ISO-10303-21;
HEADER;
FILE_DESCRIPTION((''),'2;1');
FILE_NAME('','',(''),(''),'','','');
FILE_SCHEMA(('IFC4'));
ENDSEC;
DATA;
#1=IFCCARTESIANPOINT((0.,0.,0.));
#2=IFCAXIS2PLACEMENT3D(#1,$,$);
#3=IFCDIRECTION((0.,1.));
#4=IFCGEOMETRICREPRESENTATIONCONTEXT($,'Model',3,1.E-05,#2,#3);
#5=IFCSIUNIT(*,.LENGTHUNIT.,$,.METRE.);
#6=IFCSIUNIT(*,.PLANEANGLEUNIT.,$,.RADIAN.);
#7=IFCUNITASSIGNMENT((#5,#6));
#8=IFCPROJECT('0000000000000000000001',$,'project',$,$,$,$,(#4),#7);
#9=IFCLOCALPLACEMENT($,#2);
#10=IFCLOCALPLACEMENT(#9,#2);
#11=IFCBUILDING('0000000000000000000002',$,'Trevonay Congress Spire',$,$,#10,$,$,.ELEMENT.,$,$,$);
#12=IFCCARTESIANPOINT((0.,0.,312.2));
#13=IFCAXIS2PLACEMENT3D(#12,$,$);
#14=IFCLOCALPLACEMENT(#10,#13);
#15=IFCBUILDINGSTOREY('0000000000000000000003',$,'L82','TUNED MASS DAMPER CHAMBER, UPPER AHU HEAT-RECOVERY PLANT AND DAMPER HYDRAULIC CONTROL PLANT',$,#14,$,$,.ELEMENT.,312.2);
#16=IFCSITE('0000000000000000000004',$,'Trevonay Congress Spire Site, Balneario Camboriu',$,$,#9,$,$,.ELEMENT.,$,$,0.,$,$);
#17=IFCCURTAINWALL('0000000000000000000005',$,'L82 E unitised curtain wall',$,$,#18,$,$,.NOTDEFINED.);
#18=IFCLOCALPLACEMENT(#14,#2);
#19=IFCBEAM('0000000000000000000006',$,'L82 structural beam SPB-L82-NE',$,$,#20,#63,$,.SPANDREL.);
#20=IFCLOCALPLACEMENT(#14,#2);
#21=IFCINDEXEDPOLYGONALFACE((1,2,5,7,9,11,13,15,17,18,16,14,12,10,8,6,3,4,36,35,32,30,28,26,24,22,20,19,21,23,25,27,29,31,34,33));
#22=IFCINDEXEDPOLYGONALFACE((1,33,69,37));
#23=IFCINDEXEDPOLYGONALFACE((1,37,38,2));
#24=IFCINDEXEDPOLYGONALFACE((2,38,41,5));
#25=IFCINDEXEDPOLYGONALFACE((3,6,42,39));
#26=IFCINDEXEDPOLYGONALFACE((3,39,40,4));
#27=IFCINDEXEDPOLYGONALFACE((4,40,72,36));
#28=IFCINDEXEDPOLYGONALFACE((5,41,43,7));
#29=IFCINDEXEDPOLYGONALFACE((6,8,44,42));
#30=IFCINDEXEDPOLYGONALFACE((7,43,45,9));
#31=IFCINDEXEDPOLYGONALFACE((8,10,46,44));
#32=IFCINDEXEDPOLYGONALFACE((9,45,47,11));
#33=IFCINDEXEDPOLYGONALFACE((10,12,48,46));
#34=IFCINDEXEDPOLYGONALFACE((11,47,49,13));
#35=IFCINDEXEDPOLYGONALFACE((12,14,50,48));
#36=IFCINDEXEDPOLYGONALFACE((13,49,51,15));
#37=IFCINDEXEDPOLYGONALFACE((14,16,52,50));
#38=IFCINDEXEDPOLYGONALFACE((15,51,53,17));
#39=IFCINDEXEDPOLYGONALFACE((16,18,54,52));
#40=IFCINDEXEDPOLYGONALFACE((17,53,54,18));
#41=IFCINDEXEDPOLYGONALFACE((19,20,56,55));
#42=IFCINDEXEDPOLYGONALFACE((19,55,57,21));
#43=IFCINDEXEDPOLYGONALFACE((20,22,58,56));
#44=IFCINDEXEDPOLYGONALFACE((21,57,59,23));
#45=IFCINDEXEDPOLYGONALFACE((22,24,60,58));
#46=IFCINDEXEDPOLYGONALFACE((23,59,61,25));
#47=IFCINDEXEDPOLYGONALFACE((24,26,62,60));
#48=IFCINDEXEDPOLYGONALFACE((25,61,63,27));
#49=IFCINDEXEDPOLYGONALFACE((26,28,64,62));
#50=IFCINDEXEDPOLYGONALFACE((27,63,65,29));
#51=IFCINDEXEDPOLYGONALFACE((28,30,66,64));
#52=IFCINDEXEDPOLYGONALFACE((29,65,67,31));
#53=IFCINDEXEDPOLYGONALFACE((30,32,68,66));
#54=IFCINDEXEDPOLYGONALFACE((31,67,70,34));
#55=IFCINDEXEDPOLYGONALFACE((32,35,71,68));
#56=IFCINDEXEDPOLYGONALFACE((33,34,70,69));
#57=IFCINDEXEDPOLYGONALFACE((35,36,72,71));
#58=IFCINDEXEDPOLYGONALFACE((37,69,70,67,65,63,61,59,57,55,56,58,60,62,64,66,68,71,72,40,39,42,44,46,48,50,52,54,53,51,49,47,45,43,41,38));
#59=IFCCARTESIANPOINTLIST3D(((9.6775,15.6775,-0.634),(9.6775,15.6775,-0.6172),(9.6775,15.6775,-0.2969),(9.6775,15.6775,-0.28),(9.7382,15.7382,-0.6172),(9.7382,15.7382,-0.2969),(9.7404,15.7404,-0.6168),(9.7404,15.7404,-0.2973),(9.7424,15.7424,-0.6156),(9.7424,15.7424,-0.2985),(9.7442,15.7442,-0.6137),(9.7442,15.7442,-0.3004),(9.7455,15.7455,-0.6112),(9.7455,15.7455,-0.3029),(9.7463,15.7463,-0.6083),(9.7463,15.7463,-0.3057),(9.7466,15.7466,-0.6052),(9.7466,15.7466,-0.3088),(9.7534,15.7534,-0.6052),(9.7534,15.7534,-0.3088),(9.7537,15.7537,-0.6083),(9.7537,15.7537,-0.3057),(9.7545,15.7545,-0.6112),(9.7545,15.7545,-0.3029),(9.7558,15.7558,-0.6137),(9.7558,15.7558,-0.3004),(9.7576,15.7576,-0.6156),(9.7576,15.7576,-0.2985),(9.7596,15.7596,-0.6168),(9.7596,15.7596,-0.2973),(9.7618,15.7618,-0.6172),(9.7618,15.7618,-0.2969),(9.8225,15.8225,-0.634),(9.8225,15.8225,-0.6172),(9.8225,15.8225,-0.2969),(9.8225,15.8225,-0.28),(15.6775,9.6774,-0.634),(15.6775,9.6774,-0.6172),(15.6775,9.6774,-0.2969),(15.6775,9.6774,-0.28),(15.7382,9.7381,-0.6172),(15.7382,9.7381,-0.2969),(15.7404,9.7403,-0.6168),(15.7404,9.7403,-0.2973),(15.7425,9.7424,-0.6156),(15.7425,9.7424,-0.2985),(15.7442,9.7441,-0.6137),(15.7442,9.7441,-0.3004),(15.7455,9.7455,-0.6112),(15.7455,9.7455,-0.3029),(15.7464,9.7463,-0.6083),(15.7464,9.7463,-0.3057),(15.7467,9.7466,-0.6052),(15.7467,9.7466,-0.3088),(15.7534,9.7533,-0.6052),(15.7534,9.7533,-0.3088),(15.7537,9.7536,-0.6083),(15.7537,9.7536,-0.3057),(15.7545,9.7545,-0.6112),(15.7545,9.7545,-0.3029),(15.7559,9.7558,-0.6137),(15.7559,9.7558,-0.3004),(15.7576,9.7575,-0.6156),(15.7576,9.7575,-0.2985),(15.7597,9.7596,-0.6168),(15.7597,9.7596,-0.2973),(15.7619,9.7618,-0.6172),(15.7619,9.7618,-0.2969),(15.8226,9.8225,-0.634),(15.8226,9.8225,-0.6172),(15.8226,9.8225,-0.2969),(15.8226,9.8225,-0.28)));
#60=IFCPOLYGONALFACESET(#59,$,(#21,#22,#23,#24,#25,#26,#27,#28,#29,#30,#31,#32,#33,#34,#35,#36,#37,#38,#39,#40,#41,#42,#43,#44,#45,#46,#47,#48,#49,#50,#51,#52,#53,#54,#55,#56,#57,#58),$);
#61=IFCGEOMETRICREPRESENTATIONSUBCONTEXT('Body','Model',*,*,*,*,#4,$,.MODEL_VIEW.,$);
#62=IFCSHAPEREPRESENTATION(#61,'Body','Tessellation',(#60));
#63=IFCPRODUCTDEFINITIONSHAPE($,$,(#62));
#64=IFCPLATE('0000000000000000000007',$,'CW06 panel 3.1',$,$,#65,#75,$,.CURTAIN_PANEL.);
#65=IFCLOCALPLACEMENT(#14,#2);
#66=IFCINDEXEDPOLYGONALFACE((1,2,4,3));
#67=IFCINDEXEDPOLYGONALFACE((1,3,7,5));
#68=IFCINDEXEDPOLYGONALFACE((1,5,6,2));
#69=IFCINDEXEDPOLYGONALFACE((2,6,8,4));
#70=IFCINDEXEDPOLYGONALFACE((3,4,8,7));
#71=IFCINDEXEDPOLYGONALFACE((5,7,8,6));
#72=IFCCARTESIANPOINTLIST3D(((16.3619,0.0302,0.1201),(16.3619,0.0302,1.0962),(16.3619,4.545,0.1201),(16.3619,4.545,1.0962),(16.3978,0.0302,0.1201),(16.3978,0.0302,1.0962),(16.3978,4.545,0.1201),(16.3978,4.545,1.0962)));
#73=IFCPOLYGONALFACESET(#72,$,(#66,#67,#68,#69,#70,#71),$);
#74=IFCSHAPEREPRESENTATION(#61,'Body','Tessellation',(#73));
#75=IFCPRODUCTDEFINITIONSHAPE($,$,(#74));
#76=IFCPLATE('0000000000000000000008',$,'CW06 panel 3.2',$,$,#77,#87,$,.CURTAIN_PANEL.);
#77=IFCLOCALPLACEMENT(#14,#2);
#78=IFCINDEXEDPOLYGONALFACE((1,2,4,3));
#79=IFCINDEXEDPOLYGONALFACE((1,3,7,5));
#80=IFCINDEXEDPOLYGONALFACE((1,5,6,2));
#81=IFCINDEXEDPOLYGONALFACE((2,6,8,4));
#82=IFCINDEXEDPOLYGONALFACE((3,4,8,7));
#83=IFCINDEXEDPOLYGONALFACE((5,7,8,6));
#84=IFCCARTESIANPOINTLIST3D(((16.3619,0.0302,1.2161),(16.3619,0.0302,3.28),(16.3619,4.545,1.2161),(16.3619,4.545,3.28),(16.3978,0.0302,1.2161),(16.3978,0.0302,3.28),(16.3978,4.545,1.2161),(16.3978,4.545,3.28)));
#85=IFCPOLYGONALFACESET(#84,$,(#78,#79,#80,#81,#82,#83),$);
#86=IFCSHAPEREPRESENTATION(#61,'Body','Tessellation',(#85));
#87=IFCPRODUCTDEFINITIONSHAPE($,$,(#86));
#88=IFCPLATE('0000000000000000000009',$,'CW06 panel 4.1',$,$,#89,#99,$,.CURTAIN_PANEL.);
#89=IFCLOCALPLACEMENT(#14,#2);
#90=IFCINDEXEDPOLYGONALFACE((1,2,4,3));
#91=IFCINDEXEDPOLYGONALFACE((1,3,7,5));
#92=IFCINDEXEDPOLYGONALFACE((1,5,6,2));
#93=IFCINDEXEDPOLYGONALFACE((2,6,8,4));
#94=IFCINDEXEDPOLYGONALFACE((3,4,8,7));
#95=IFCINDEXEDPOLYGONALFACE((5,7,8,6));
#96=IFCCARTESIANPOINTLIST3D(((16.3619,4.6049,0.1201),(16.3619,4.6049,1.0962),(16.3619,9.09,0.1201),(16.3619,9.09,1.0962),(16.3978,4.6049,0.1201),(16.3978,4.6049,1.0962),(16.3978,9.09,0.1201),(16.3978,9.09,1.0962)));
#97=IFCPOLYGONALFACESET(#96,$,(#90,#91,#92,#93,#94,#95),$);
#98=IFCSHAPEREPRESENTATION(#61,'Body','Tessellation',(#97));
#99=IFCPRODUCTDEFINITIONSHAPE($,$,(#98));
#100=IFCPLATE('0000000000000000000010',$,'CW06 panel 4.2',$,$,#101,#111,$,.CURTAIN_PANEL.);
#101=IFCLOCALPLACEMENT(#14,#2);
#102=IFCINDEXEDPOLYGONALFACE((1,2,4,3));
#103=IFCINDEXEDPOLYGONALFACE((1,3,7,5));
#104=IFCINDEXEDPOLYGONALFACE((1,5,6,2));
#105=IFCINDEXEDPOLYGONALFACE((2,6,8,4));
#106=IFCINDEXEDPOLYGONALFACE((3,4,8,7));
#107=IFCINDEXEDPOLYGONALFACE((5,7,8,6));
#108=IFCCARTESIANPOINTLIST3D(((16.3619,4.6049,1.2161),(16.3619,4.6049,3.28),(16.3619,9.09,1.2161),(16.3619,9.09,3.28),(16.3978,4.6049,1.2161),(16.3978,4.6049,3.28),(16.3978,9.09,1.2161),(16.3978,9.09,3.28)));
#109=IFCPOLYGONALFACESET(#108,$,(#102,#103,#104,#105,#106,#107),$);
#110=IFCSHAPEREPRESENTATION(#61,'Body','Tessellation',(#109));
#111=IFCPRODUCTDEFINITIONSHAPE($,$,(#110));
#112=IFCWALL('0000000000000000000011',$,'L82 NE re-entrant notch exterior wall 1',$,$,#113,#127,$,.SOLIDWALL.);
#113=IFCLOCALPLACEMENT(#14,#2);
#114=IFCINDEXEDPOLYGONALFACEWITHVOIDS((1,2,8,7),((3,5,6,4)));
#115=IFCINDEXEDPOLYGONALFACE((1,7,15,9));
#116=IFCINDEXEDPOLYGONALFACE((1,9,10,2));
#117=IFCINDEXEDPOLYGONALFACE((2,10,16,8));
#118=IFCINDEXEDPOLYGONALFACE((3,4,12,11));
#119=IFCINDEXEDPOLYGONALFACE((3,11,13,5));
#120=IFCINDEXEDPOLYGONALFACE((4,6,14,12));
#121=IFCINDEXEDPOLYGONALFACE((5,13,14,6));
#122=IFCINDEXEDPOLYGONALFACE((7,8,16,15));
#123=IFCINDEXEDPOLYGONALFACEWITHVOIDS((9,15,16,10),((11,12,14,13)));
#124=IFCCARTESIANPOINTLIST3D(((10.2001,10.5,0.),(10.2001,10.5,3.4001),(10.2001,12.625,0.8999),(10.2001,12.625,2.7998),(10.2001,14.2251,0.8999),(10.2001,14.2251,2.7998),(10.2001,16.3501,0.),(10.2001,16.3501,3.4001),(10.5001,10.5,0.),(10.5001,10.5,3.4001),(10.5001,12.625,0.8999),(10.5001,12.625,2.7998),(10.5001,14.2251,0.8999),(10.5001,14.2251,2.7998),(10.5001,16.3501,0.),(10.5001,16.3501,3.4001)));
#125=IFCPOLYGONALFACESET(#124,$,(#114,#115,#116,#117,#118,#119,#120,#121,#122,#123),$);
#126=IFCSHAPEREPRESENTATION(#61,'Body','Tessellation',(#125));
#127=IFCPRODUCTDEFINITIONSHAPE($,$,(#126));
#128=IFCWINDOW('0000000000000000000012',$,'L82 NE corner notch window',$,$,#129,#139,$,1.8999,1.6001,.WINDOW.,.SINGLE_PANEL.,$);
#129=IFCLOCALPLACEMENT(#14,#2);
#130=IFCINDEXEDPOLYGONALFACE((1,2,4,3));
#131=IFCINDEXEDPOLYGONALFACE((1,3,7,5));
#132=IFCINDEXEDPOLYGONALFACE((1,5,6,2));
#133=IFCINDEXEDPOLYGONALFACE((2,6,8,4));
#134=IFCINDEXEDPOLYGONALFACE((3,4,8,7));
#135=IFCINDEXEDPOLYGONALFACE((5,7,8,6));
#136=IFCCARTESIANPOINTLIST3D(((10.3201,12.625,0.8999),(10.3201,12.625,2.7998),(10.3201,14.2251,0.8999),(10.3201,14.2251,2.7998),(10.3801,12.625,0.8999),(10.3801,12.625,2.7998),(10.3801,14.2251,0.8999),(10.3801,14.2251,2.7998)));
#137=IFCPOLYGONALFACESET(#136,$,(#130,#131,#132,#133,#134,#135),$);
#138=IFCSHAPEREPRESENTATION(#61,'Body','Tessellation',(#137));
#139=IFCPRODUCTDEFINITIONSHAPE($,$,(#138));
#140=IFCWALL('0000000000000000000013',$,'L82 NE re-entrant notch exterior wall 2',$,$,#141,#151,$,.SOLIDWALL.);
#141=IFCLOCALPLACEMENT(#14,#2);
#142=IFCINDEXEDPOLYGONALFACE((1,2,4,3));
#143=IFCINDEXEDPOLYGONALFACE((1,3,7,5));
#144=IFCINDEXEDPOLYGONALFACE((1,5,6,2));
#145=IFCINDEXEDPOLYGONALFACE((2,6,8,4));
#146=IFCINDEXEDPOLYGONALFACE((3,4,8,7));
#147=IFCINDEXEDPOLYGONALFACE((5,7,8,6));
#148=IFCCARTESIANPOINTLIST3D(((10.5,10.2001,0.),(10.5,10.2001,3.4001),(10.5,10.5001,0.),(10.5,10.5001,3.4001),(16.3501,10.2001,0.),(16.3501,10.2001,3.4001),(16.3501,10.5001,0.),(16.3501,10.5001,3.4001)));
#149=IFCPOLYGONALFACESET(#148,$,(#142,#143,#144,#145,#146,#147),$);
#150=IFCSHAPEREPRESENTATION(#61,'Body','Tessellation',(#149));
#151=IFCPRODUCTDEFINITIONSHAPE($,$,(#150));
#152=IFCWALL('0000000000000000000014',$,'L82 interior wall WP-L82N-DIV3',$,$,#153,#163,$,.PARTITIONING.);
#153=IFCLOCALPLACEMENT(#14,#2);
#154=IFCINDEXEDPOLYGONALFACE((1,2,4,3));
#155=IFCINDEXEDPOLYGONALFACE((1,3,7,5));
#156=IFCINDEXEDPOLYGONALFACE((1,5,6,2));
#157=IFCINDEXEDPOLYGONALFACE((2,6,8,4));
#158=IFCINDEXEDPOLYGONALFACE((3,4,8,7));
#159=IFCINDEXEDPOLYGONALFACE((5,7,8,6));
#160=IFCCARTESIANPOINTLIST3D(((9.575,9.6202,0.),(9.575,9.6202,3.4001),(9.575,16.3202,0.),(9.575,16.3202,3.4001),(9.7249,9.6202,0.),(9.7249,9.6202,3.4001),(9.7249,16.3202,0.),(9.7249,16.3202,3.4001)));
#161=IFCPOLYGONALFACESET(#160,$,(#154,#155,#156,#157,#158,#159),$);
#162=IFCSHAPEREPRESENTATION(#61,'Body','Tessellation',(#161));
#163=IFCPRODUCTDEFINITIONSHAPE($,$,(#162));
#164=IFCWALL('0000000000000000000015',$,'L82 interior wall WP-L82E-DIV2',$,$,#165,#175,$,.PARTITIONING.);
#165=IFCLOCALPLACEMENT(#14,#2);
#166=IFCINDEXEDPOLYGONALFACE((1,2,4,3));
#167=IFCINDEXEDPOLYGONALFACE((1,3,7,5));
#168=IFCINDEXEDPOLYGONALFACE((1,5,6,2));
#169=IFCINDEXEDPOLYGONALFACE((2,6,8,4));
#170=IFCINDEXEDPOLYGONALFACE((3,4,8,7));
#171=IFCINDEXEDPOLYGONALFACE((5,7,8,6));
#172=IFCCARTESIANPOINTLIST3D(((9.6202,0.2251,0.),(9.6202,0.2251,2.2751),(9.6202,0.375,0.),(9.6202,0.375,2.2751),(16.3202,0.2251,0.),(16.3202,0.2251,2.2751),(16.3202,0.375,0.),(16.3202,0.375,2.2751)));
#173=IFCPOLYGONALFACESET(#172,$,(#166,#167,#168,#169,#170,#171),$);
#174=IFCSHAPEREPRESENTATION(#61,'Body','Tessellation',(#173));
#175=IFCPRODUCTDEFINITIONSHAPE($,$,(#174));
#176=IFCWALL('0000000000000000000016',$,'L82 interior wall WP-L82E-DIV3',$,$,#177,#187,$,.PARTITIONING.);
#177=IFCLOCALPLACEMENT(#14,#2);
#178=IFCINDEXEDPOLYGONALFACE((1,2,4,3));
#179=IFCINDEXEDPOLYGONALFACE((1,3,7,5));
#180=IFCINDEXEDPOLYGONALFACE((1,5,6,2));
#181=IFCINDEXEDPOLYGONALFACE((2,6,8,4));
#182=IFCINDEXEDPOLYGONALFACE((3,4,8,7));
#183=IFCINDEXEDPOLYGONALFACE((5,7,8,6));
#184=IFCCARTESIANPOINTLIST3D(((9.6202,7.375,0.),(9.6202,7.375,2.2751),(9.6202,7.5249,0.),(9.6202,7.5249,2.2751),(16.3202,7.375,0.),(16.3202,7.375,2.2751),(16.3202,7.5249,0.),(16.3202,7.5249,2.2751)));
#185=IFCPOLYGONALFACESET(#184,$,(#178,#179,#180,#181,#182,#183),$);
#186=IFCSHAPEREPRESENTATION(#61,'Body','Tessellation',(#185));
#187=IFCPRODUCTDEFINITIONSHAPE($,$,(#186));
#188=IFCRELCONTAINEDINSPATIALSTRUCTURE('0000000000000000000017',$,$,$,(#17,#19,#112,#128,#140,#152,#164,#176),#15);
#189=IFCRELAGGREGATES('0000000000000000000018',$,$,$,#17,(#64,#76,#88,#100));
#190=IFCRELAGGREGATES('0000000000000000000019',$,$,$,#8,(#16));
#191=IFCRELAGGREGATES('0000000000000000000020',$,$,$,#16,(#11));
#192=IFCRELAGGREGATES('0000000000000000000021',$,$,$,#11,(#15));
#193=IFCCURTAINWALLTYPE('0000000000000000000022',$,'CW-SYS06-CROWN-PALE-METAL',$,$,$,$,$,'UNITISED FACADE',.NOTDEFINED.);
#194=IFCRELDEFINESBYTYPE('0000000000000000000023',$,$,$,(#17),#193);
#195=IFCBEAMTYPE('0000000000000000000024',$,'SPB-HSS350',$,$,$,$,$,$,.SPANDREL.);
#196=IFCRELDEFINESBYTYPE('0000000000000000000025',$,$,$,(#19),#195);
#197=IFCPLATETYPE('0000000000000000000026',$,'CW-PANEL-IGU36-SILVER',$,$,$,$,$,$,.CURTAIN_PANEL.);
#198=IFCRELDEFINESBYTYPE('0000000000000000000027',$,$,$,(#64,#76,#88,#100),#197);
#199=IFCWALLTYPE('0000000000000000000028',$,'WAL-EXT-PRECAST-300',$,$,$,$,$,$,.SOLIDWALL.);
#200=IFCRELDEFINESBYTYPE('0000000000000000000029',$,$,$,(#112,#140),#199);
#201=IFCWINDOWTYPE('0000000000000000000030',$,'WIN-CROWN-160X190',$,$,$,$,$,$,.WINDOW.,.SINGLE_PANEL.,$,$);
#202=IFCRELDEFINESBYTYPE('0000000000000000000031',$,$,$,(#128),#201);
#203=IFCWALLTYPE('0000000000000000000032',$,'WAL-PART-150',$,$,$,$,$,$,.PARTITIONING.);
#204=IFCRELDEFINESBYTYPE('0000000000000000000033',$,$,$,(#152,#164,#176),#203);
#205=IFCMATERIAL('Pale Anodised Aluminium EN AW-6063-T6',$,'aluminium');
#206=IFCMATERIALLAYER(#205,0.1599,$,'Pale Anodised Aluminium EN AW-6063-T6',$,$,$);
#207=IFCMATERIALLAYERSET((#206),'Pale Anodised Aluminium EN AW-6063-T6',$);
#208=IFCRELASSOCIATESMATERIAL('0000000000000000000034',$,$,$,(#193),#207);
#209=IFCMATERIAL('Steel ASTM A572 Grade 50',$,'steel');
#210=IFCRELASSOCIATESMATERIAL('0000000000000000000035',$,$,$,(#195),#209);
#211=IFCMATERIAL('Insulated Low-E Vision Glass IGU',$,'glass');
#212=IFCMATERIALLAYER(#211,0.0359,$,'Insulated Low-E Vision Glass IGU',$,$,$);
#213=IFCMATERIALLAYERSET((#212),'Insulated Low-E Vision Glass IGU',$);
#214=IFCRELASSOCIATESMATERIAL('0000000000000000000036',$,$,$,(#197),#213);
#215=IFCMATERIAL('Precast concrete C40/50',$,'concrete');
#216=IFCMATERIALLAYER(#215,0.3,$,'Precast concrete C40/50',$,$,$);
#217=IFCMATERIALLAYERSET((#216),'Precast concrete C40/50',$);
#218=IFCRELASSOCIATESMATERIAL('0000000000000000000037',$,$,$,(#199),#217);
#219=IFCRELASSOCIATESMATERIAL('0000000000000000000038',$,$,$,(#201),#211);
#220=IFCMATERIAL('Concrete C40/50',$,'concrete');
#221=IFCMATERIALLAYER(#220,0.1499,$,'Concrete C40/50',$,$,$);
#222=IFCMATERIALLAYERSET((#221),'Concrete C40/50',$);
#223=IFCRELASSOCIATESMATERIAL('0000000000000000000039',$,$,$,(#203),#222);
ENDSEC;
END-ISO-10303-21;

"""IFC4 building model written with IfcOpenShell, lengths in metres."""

from ifc_helpers import new_model, si_unit, direction, frame, frame_2d, origin, origin_2d, place, context, subcontext, project, spatial, rectangle, i_section, extrude, material, layer, layer_set, material_profile, profile_set, type_object, element, fill, aggregate, save


model = new_model("IFC4")

# Units and contexts
model_context = context("Model", 3, precision=1e-05, world=origin(), true_north=direction((0.0, 1.0)))
body_context = subcontext(model_context, "Body", "Model", "MODEL_VIEW")
ifc_project = project(units=[si_unit("LENGTHUNIT", "METRE"), si_unit("PLANEANGLEUNIT", "RADIAN")], contexts=[model_context])

# Site, building, storey
site_placement = place(None, origin())
site = spatial("IfcSite", under=ifc_project, at=site_placement, Name="Trevonay Congress Spire Site, Balneario Camboriu", CompositionType="ELEMENT", RefElevation=0.0)
building_placement = place(site_placement, origin())
building = spatial("IfcBuilding", under=site, at=building_placement, Name="Trevonay Congress Spire", CompositionType="ELEMENT")
storey_placement = place(building_placement, frame((0.0, 0.0, 312.2)))
storey = spatial("IfcBuildingStorey", under=building, at=storey_placement, Name="L82", Description="TUNED MASS DAMPER CHAMBER, UPPER AHU HEAT-RECOVERY PLANT AND DAMPER HYDRAULIC CONTROL PLANT", CompositionType="ELEMENT", Elevation=312.2)

# Shared definitions
ifc_material_1 = material(Name="Steel ASTM A572 Grade 50", Category="steel")

# Shared definitions
ifc_material_2 = material(Name="Pale Anodised Aluminium EN AW-6063-T6", Category="aluminium")
ifc_layer_1 = layer(ifc_material_2, 0.1599, Name="Pale Anodised Aluminium EN AW-6063-T6")
ifc_layer_set_1 = layer_set([ifc_layer_1], Name="Pale Anodised Aluminium EN AW-6063-T6")
curtain_wall_type = type_object("IfcCurtainWallType", Name="CW-SYS06-CROWN-PALE-METAL", ElementType="UNITISED FACADE", PredefinedType="NOTDEFINED", material=ifc_layer_set_1)

# Curtain wall
curtain_wall_1_placement = place(storey_placement, origin())
curtain_wall_1 = element("IfcCurtainWall", 1, at=curtain_wall_1_placement, inside=storey, type_object=curtain_wall_type, Name="L82 E unitised curtain wall", PredefinedType="NOTDEFINED")

# Beam
ifc_material_profile_1 = material_profile(ifc_material_1, i_section(OverallWidth=0.2051, OverallDepth=0.354, WebThickness=0.0095, FlangeThickness=0.0168, FilletRadius=0.012, at=origin_2d()), Name="W360x79")
ifc_profile_set_1 = profile_set([ifc_material_profile_1], Name="Steel ASTM A572 Grade 50")
beam_type_1 = type_object("IfcBeamType", Name="SPB-HSS350", PredefinedType="SPANDREL", material=ifc_profile_set_1)
beam_1_placement = place(storey_placement, frame((9.75, 15.75, -0.457), z_axis=(0.707107, -0.707107, 0.0), x_axis=(0.707107, 0.707107, 0.0)))
element("IfcBeam", 2, at=beam_1_placement, inside=storey, type_object=beam_type_1, Name="L82 structural beam SPB-L82-NE", PredefinedType="SPANDREL", context=body_context, shape_type="SweptSolid", body=[
    extrude(i_section(OverallWidth=0.2051, OverallDepth=0.354, WebThickness=0.0095, FlangeThickness=0.0168, FilletRadius=0.012, at=origin_2d()), origin(), (0.0, 0.0, 1.0), 8.4854),
])

# Plates
ifc_material_3 = material(Name="Insulated Low-E Vision Glass IGU", Category="glass")
ifc_layer_2 = layer(ifc_material_3, 0.0359, Name="Insulated Low-E Vision Glass IGU")
ifc_layer_set_2 = layer_set([ifc_layer_2], Name="Insulated Low-E Vision Glass IGU")
plate_type = type_object("IfcPlateType", Name="CW-PANEL-IGU36-SILVER", PredefinedType="CURTAIN_PANEL", material=ifc_layer_set_2)
plate_1_placement = place(storey_placement, frame((16.3799, 2.2876, 0.1201), z_axis=(0.0, 0.0, 1.0), x_axis=(0.0, 1.0, 0.0)))
plate_1 = element("IfcPlate", 3, at=plate_1_placement, type_object=plate_type, Name="CW06 panel 3.1", PredefinedType="CURTAIN_PANEL", context=body_context, shape_type="SweptSolid", body=[
    extrude(rectangle(XDim=4.5149, YDim=0.0359, at=origin_2d()), origin(), (0.0, 0.0, 1.0), 0.9761),
])
plate_2_placement = place(storey_placement, frame((16.3799, 2.2876, 1.2161), z_axis=(0.0, 0.0, 1.0), x_axis=(0.0, 1.0, 0.0)))
plate_2 = element("IfcPlate", 4, at=plate_2_placement, type_object=plate_type, Name="CW06 panel 3.2", PredefinedType="CURTAIN_PANEL", context=body_context, shape_type="SweptSolid", body=[
    extrude(rectangle(XDim=4.5149, YDim=0.0359, at=origin_2d()), origin(), (0.0, 0.0, 1.0), 2.064),
])
plate_3_placement = place(storey_placement, frame((16.3799, 6.8474, 0.1201), z_axis=(0.0, 0.0, 1.0), x_axis=(0.0, 1.0, 0.0)))
plate_3 = element("IfcPlate", 5, at=plate_3_placement, type_object=plate_type, Name="CW06 panel 4.1", PredefinedType="CURTAIN_PANEL", context=body_context, shape_type="SweptSolid", body=[
    extrude(rectangle(XDim=4.4851, YDim=0.0359, at=origin_2d()), origin(), (0.0, 0.0, 1.0), 0.9761),
])
plate_4_placement = place(storey_placement, frame((16.3799, 6.8474, 1.2161), z_axis=(0.0, 0.0, 1.0), x_axis=(0.0, 1.0, 0.0)))
plate_4 = element("IfcPlate", 6, at=plate_4_placement, type_object=plate_type, Name="CW06 panel 4.2", PredefinedType="CURTAIN_PANEL", context=body_context, shape_type="SweptSolid", body=[
    extrude(rectangle(XDim=4.4851, YDim=0.0359, at=origin_2d()), origin(), (0.0, 0.0, 1.0), 2.064),
])
aggregate(curtain_wall_1, [plate_1, plate_2, plate_3, plate_4])

# Wall, opening, window
ifc_material_4 = material(Name="Precast concrete C40/50", Category="concrete")
ifc_layer_3 = layer(ifc_material_4, 0.3, Name="Precast concrete C40/50")
ifc_layer_set_3 = layer_set([ifc_layer_3], Name="Precast concrete C40/50")
wall_type_1 = type_object("IfcWallType", Name="WAL-EXT-PRECAST-300", PredefinedType="SOLIDWALL", material=ifc_layer_set_3)
wall_1_placement = place(storey_placement, frame((10.3501, 16.3501, 0.0), z_axis=(0.0, 0.0, 1.0), x_axis=(0.0, -1.0, 0.0)))
wall_1 = element("IfcWall", 7, at=wall_1_placement, inside=storey, type_object=wall_type_1, Name="L82 NE re-entrant notch exterior wall 1", PredefinedType="SOLIDWALL", context=body_context, shape_type="SweptSolid", body=[
    extrude(rectangle(XDim=5.8501, YDim=0.3, at=frame_2d((2.925, 0.0))), origin(), (0.0, 0.0, 1.0), 3.4001),
])
opening_placement = place(wall_1_placement, frame((2.125, 0.0, 0.8999)))
opening = element("IfcOpeningElement", 8, at=opening_placement, cuts=wall_1, PredefinedType="OPENING", context=body_context, shape_type="SweptSolid", body=[
    extrude(rectangle(XDim=1.6001, YDim=1.8999, at=frame_2d((0.8, 0.95))), frame((0.0, 0.1602, 0.0), z_axis=(0.0, -1.0, 0.0), x_axis=(1.0, 0.0, 0.0)), (0.0, 0.0, 1.0), 0.3201),
])
window_type = type_object("IfcWindowType", Name="WIN-CROWN-160X190", PartitioningType="SINGLE_PANEL", PredefinedType="WINDOW", material=ifc_material_3)
window_placement = place(opening_placement, origin())
window = element("IfcWindow", 9, at=window_placement, inside=storey, type_object=window_type, Name="L82 NE corner notch window", OverallHeight=1.8999, OverallWidth=1.6001, PartitioningType="SINGLE_PANEL", PredefinedType="WINDOW", context=body_context, shape_type="SweptSolid", body=[
    extrude(rectangle(XDim=1.6001, YDim=1.8999, at=frame_2d((0.8, 0.95))), frame((0.0, 0.03, 0.0), z_axis=(0.0, -1.0, 0.0), x_axis=(1.0, 0.0, 0.0)), (0.0, 0.0, 1.0), 0.0601),
])
fill(opening, window)

# Walls
wall_2_placement = place(storey_placement, frame((16.3501, 10.3501, 0.0), z_axis=(0.0, 0.0, 1.0), x_axis=(-1.0, 0.0, 0.0)))
element("IfcWall", 10, at=wall_2_placement, inside=storey, type_object=wall_type_1, Name="L82 NE re-entrant notch exterior wall 2", PredefinedType="SOLIDWALL", context=body_context, shape_type="SweptSolid", body=[
    extrude(rectangle(XDim=5.8501, YDim=0.3, at=frame_2d((2.925, 0.0))), origin(), (0.0, 0.0, 1.0), 3.4001),
])
ifc_material_5 = material(Name="Concrete C40/50", Category="concrete")
ifc_layer_4 = layer(ifc_material_5, 0.1499, Name="Concrete C40/50")
ifc_layer_set_4 = layer_set([ifc_layer_4], Name="Concrete C40/50")
wall_type_2 = type_object("IfcWallType", Name="WAL-PART-150", PredefinedType="PARTITIONING", material=ifc_layer_set_4)
wall_3_placement = place(storey_placement, frame((9.6499, 9.6201, 0.0), z_axis=(0.0, 0.0, 1.0), x_axis=(0.0, 1.0, 0.0)))
element("IfcWall", 11, at=wall_3_placement, inside=storey, type_object=wall_type_2, Name="L82 interior wall WP-L82N-DIV3", PredefinedType="PARTITIONING", context=body_context, shape_type="SweptSolid", body=[
    extrude(rectangle(XDim=6.7, YDim=0.1499, at=frame_2d((3.3501, 0.0))), origin(), (0.0, 0.0, 1.0), 3.4001),
])
for number, where, z_axis, x_axis, name in (
    (12, (9.6201, 0.3, 0.0), (0.0, 0.0, 1.0), (1.0, 0.0, 0.0), "L82 interior wall WP-L82E-DIV2"),
    (13, (9.6201, 7.45, 0.0), (0.0, 0.0, 1.0), (1.0, 0.0, 0.0), "L82 interior wall WP-L82E-DIV3"),
):
    element("IfcWall", number, at=place(storey_placement, frame(where, z_axis=z_axis, x_axis=x_axis)), inside=storey, type_object=wall_type_2, Name=name, PredefinedType="PARTITIONING", context=body_context, shape_type="SweptSolid", body=[
        extrude(rectangle(XDim=6.7, YDim=0.1499, at=frame_2d((3.3501, 0.0))), origin(), (0.0, 0.0, 1.0), 2.2751),
    ])

save(model, "model.ifc")
